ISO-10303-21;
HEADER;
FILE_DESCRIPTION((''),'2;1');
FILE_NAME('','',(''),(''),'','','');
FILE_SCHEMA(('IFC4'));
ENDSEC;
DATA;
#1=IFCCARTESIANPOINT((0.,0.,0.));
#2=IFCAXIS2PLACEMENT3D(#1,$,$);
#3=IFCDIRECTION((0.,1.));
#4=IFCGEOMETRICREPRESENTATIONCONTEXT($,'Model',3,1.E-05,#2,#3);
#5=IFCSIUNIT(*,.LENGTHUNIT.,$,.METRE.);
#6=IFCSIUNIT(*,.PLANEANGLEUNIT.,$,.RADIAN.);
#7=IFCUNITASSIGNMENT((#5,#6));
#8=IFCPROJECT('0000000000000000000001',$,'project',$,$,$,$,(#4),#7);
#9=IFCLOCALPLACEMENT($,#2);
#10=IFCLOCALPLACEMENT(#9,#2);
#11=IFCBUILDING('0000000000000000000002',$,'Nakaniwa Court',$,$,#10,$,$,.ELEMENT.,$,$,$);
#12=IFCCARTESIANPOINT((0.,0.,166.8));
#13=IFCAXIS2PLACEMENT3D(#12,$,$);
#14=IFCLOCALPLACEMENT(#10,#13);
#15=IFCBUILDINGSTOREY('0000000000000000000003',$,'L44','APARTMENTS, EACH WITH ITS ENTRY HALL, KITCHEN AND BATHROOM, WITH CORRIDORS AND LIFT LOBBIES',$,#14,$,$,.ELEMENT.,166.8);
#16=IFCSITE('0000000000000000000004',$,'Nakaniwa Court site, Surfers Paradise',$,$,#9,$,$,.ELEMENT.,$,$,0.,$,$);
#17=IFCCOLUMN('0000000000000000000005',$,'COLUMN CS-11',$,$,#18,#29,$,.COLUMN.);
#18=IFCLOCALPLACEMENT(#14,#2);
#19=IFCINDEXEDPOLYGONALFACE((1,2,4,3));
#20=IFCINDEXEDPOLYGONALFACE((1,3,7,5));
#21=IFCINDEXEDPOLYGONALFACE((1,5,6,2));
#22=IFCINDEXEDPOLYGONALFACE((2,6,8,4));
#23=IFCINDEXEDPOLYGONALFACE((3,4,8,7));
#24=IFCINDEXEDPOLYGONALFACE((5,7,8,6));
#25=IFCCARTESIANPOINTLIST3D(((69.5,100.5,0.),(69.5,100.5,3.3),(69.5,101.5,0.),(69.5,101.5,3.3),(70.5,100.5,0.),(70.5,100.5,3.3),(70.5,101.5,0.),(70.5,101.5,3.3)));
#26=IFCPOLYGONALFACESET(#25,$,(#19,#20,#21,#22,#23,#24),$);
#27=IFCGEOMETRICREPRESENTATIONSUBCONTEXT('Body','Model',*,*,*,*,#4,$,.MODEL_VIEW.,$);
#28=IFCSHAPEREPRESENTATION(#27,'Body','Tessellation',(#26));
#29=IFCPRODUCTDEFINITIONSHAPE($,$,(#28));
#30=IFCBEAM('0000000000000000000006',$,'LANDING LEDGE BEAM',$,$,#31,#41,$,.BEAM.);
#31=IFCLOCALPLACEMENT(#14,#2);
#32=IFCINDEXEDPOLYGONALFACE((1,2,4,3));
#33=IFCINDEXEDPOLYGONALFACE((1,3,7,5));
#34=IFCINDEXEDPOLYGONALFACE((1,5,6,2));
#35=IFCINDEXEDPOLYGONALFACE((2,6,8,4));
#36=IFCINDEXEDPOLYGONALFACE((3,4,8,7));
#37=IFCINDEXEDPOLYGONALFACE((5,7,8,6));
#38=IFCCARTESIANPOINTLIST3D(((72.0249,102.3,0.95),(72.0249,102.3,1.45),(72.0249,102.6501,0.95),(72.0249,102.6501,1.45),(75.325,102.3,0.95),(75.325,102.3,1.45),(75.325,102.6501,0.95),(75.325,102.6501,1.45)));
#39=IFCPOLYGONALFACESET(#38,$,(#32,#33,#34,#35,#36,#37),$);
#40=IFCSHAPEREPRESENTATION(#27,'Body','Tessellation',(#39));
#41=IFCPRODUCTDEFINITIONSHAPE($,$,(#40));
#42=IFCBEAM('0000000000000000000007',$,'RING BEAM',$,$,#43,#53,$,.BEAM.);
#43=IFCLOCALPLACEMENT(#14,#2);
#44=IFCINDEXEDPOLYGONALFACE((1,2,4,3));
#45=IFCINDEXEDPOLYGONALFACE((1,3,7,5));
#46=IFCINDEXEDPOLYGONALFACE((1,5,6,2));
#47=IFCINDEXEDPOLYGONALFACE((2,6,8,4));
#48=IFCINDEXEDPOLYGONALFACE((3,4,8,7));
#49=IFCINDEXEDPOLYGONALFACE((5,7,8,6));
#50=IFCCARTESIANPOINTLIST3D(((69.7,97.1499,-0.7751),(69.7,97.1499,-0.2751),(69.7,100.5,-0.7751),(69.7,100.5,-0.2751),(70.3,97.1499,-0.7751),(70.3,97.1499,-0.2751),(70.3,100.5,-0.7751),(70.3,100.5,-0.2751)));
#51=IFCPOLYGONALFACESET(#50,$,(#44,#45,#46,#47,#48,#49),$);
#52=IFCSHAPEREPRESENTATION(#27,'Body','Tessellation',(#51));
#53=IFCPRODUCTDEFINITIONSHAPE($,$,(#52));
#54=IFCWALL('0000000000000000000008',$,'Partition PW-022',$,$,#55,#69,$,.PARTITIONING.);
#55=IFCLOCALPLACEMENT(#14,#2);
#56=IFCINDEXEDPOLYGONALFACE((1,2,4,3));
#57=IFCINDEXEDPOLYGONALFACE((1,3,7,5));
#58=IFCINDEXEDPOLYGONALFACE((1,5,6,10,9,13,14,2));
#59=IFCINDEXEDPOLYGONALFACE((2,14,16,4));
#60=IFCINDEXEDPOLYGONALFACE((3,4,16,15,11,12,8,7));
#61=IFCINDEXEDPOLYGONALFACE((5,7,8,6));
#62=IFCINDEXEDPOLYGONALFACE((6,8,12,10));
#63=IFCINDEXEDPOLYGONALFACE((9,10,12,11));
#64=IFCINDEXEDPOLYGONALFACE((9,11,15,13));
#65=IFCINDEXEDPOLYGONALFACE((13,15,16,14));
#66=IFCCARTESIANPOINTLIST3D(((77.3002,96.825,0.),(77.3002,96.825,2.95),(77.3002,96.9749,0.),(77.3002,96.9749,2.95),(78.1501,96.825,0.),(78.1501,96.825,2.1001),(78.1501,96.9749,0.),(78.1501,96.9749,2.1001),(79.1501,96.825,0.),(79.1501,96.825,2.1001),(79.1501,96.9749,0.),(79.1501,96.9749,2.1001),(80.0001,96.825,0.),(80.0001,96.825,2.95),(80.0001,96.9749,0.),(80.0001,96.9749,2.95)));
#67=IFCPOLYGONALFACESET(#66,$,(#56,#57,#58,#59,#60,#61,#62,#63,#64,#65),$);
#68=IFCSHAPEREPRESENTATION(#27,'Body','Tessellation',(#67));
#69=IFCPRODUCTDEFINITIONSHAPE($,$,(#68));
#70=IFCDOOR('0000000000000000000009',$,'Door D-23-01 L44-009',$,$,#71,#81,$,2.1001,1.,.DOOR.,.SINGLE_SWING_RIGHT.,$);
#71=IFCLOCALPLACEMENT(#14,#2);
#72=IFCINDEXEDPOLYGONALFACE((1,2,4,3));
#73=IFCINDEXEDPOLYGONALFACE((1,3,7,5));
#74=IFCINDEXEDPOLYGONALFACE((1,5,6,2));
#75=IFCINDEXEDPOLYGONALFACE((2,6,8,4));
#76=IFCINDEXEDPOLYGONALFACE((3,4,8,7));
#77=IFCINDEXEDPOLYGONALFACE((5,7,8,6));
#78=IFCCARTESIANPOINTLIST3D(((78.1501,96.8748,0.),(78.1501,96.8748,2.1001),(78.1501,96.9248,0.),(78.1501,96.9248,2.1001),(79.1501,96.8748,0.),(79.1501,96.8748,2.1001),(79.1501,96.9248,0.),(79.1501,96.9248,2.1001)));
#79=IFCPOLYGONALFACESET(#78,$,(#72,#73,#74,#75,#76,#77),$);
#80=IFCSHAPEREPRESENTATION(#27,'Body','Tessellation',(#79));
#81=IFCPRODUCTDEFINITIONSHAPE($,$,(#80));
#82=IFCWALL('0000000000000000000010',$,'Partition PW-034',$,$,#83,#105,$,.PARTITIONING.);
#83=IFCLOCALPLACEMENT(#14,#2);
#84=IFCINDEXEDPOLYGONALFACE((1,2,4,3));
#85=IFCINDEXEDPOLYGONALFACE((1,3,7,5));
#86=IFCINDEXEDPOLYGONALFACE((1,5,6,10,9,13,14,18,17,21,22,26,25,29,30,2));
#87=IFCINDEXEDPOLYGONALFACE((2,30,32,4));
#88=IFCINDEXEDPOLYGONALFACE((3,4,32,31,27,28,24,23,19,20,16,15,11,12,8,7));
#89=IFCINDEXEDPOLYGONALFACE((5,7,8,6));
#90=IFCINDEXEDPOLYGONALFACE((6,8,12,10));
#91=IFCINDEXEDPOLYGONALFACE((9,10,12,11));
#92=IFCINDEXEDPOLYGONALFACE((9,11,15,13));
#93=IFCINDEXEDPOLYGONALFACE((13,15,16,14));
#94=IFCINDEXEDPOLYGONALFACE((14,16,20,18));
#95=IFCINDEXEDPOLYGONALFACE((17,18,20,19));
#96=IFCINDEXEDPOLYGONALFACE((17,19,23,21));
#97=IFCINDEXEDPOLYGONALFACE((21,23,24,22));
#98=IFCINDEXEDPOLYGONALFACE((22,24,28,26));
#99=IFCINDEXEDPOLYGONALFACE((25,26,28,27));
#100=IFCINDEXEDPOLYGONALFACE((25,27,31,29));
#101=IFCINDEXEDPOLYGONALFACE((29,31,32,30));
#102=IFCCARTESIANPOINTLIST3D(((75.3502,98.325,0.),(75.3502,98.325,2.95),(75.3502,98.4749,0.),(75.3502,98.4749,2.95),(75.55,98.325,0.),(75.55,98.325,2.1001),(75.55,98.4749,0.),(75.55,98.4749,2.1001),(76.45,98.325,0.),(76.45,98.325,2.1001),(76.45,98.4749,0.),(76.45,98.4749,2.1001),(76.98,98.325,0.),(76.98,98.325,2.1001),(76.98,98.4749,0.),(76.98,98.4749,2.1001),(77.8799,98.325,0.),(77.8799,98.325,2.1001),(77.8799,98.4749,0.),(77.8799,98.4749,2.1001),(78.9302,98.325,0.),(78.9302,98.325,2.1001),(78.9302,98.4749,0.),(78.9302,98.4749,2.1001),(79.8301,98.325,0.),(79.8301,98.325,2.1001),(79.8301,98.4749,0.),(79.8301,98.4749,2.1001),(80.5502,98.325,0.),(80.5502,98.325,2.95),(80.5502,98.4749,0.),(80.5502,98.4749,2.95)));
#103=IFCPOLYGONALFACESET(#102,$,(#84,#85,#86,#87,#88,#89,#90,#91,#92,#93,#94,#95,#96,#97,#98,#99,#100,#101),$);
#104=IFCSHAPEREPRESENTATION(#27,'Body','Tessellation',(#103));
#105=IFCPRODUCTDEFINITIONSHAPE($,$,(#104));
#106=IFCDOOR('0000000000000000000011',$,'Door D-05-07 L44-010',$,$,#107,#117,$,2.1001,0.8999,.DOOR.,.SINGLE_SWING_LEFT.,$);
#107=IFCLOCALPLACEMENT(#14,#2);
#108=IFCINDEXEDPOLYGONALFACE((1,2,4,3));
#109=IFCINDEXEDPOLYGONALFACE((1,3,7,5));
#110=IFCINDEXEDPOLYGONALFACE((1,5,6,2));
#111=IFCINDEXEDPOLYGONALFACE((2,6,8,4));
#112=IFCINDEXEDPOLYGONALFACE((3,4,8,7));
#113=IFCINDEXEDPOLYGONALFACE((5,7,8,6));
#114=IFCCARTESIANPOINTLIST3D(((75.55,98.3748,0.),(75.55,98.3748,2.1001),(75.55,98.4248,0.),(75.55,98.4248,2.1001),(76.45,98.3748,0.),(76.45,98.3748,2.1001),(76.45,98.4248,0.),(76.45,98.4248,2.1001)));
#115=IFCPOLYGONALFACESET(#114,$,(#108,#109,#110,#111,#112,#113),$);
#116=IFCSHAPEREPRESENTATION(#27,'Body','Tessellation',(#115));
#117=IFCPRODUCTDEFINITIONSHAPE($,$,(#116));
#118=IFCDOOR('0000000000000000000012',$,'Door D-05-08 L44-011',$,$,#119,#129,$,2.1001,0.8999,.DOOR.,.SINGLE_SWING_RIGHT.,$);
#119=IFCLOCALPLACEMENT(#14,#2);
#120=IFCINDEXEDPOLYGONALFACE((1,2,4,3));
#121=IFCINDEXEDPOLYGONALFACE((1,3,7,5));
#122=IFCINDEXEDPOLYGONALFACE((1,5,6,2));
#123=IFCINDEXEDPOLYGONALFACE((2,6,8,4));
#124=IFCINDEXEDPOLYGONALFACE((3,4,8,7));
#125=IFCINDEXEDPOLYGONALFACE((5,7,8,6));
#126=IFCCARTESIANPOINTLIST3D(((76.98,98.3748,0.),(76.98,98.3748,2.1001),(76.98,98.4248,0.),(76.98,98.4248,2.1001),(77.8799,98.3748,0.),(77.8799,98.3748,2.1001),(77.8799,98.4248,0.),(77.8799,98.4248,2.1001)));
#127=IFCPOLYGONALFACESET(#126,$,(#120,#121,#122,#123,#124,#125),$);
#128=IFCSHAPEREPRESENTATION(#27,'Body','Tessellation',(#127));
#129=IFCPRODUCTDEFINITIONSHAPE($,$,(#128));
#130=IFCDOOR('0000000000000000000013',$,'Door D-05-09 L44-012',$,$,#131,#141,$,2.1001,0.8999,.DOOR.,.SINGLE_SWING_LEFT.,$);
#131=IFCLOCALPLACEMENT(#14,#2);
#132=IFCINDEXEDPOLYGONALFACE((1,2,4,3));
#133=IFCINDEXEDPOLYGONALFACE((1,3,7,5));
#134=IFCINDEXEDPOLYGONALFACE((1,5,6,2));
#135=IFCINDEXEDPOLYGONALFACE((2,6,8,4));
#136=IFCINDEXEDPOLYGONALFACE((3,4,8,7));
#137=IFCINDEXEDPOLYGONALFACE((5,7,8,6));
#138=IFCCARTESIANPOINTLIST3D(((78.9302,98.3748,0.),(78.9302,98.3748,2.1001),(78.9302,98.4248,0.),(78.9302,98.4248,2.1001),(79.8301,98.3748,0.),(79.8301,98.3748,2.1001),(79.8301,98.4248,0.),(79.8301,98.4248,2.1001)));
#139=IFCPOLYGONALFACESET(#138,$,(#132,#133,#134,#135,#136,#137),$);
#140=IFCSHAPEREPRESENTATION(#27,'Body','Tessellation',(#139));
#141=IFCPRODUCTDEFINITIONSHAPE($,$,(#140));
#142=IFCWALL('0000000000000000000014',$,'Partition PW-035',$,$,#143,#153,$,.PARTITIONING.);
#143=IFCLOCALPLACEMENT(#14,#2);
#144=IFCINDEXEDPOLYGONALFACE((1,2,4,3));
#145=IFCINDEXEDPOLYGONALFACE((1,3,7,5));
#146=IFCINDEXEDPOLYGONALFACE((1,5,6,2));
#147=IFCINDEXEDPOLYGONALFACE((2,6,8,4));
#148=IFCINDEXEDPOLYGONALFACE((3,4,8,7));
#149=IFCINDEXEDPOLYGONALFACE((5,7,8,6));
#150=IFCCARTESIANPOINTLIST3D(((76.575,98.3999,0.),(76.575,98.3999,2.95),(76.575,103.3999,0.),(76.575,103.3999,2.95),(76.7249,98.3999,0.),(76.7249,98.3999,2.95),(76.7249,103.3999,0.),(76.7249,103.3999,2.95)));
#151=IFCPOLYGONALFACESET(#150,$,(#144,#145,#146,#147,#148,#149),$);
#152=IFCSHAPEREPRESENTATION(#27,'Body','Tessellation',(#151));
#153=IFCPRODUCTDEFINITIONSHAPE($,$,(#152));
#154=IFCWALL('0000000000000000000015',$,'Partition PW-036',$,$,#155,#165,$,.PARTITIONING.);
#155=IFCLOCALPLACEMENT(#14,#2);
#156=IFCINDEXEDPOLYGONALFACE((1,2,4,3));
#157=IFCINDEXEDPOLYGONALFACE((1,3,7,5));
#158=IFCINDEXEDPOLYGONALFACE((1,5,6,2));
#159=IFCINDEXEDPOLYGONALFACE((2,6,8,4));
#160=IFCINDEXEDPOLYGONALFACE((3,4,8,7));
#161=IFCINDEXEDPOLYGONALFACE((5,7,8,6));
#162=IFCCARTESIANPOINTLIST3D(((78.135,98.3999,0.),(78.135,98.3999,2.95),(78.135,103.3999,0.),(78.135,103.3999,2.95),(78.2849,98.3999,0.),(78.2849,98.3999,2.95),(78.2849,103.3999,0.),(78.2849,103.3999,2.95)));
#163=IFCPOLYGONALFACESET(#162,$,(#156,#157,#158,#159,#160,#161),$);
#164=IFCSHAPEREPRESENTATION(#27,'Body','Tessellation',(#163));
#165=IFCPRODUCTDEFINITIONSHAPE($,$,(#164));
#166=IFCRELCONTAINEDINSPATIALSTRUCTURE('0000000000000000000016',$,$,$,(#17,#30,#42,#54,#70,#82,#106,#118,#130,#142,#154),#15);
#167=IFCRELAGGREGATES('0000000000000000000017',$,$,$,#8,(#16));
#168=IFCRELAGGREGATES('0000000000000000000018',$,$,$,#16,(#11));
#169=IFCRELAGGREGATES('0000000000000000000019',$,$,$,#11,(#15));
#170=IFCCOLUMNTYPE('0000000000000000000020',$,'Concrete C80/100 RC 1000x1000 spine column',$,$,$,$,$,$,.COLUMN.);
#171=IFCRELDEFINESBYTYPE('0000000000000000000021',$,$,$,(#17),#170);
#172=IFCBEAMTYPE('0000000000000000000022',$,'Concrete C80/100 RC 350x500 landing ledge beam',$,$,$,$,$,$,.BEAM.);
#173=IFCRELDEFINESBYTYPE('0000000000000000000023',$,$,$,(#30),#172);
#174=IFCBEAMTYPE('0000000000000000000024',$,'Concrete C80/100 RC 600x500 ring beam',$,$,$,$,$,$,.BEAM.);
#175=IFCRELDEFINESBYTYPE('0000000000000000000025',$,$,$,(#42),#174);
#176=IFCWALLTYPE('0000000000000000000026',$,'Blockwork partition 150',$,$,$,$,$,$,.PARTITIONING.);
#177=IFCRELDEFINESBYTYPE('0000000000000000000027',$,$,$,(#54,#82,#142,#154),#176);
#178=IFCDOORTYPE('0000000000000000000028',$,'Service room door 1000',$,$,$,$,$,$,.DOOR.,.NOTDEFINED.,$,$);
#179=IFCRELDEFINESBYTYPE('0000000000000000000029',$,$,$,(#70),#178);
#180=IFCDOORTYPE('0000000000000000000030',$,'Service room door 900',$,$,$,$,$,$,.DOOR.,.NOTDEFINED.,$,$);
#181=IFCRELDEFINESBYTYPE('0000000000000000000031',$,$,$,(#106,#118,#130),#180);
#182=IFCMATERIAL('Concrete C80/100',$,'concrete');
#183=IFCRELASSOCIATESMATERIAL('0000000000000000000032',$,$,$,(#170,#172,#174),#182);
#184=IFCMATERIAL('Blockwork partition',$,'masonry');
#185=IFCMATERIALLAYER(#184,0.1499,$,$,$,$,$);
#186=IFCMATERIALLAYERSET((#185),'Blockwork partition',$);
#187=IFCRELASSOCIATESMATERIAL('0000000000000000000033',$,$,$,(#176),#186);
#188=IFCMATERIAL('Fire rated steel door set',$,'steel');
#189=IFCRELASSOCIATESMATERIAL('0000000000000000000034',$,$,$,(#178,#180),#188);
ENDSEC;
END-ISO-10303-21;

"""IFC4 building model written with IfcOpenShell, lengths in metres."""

from ifc_helpers import new_model, si_unit, direction, frame, frame_2d, origin, origin_2d, place, context, subcontext, project, spatial, rectangle, extrude, material, layer, layer_set, material_profile, profile_set, type_object, element, fill, save


model = new_model("IFC4")

# Units and contexts
model_context = context("Model", 3, precision=1e-05, world=origin(), true_north=direction((0.0, 1.0)))
body_context = subcontext(model_context, "Body", "Model", "MODEL_VIEW")
ifc_project = project(units=[si_unit("LENGTHUNIT", "METRE"), si_unit("PLANEANGLEUNIT", "RADIAN")], contexts=[model_context])

# Site, building, storey
site_placement = place(None, origin())
site = spatial("IfcSite", under=ifc_project, at=site_placement, Name="Nakaniwa Court site, Surfers Paradise", CompositionType="ELEMENT", RefElevation=0.0)
building_placement = place(site_placement, origin())
building = spatial("IfcBuilding", under=site, at=building_placement, Name="Nakaniwa Court", CompositionType="ELEMENT")
storey_placement = place(building_placement, frame((0.0, 0.0, 166.8)))
storey = spatial("IfcBuildingStorey", under=building, at=storey_placement, Name="L44", Description="APARTMENTS, EACH WITH ITS ENTRY HALL, KITCHEN AND BATHROOM, WITH CORRIDORS AND LIFT LOBBIES", CompositionType="ELEMENT", Elevation=166.8)

# Column
ifc_material_1 = material(Name="Concrete C80/100", Category="concrete")
ifc_material_profile_1 = material_profile(ifc_material_1, rectangle(XDim=1.0, YDim=1.0, at=origin_2d()), Name="Concrete C80/100 RC 1000x1000 spine column")
ifc_profile_set_1 = profile_set([ifc_material_profile_1], Name="Concrete C80/100")
column_type = type_object("IfcColumnType", Name="Concrete C80/100 RC 1000x1000 spine column", PredefinedType="COLUMN", material=ifc_profile_set_1)
column_placement = place(storey_placement, frame((70.0, 101.0, 0.0), z_axis=(0.0, 0.0, 1.0), x_axis=(0.0, -1.0, 0.0)))
element("IfcColumn", 1, at=column_placement, inside=storey, type_object=column_type, Name="COLUMN CS-11", PredefinedType="COLUMN", context=body_context, shape_type="SweptSolid", body=[
    extrude(rectangle(XDim=1.0, YDim=1.0, at=origin_2d()), origin(), (0.0, 0.0, 1.0), 3.3),
])

# Beams
ifc_material_profile_2 = material_profile(ifc_material_1, rectangle(XDim=0.3501, YDim=0.5, at=origin_2d()), Name="Concrete C80/100 RC 350x500 landing ledge beam")
ifc_profile_set_2 = profile_set([ifc_material_profile_2], Name="Concrete C80/100")
beam_type_1 = type_object("IfcBeamType", Name="Concrete C80/100 RC 350x500 landing ledge beam", PredefinedType="BEAM", material=ifc_profile_set_2)
beam_1_placement = place(storey_placement, frame((72.0249, 102.4751, 1.2), z_axis=(1.0, 0.0, 0.0), x_axis=(0.0, 1.0, 0.0)))
element("IfcBeam", 2, at=beam_1_placement, inside=storey, type_object=beam_type_1, Name="LANDING LEDGE BEAM", PredefinedType="BEAM", context=body_context, shape_type="SweptSolid", body=[
    extrude(rectangle(XDim=0.3501, YDim=0.5, at=origin_2d()), origin(), (0.0, 0.0, 1.0), 3.3),
])
ifc_material_profile_3 = material_profile(ifc_material_1, rectangle(XDim=0.6001, YDim=0.5, at=origin_2d()), Name="Concrete C80/100 RC 600x500 ring beam")
ifc_profile_set_3 = profile_set([ifc_material_profile_3], Name="Concrete C80/100")
beam_type_2 = type_object("IfcBeamType", Name="Concrete C80/100 RC 600x500 ring beam", PredefinedType="BEAM", material=ifc_profile_set_3)
beam_2_placement = place(storey_placement, frame((70.0, 100.5, -0.5251), z_axis=(0.0, -1.0, 0.0), x_axis=(1.0, 0.0, 0.0)))
element("IfcBeam", 3, at=beam_2_placement, inside=storey, type_object=beam_type_2, Name="RING BEAM", PredefinedType="BEAM", context=body_context, shape_type="SweptSolid", body=[
    extrude(rectangle(XDim=0.6001, YDim=0.5, at=origin_2d()), origin(), (0.0, 0.0, 1.0), 3.3501),
])

# Wall, opening, door
ifc_material_2 = material(Name="Blockwork partition", Category="masonry")
ifc_layer_1 = layer(ifc_material_2, 0.1499)
ifc_layer_set_1 = layer_set([ifc_layer_1], Name="Blockwork partition")
wall_type_1 = type_object("IfcWallType", Name="Blockwork partition 150", PredefinedType="PARTITIONING", material=ifc_layer_set_1)
wall_1_placement = place(storey_placement, frame((77.3, 96.8999, 0.0), z_axis=(0.0, 0.0, 1.0), x_axis=(1.0, 0.0, 0.0)))
wall_1 = element("IfcWall", 4, at=wall_1_placement, inside=storey, type_object=wall_type_1, Name="Partition PW-022", PredefinedType="PARTITIONING", context=body_context, shape_type="SweptSolid", body=[
    extrude(rectangle(XDim=2.7, YDim=0.1499, at=frame_2d((1.3501, 0.0))), origin(), (0.0, 0.0, 1.0), 2.95),
])
opening_1_placement = place(wall_1_placement, frame((0.8501, 0.0, 0.0)))
opening_1 = element("IfcOpeningElement", 5, at=opening_1_placement, cuts=wall_1, PredefinedType="OPENING", context=body_context, shape_type="SweptSolid", body=[
    extrude(rectangle(XDim=1.0, YDim=2.1001, at=frame_2d((0.5, 1.05))), frame((0.0, 0.085, 0.0), z_axis=(0.0, -1.0, 0.0), x_axis=(1.0, 0.0, 0.0)), (0.0, 0.0, 1.0), 0.1699),
])
ifc_material_3 = material(Name="Fire rated steel door set", Category="steel")
door_type_1 = type_object("IfcDoorType", Name="Service room door 1000", OperationType="NOTDEFINED", PredefinedType="DOOR", material=ifc_material_3)
door_1_placement = place(opening_1_placement, origin())
door_1 = element("IfcDoor", 6, at=door_1_placement, inside=storey, type_object=door_type_1, Name="Door D-23-01 L44-009", OperationType="SINGLE_SWING_RIGHT", OverallHeight=2.1001, OverallWidth=1.0, PredefinedType="DOOR", context=body_context, shape_type="SweptSolid", body=[
    extrude(rectangle(XDim=1.0, YDim=2.1001, at=frame_2d((0.5, 1.05))), frame((0.0, 0.0249, 0.0), z_axis=(0.0, -1.0, 0.0), x_axis=(1.0, 0.0, 0.0)), (0.0, 0.0, 1.0), 0.05),
])
fill(opening_1, door_1)

# Wall, openings, doors
wall_2_placement = place(storey_placement, frame((75.3501, 98.3999, 0.0), z_axis=(0.0, 0.0, 1.0), x_axis=(1.0, 0.0, 0.0)))
wall_2 = element("IfcWall", 7, at=wall_2_placement, inside=storey, type_object=wall_type_1, Name="Partition PW-034", PredefinedType="PARTITIONING", context=body_context, shape_type="SweptSolid", body=[
    extrude(rectangle(XDim=5.2, YDim=0.1499, at=frame_2d((2.6001, 0.0))), origin(), (0.0, 0.0, 1.0), 2.95),
])
opening_2_placement = place(wall_2_placement, frame((0.2, 0.0, 0.0)))
opening_2 = element("IfcOpeningElement", 8, at=opening_2_placement, cuts=wall_2, PredefinedType="OPENING", context=body_context, shape_type="SweptSolid", body=[
    extrude(rectangle(XDim=0.8999, YDim=2.1001, at=frame_2d((0.45, 1.05))), frame((0.0, 0.085, 0.0), z_axis=(0.0, -1.0, 0.0), x_axis=(1.0, 0.0, 0.0)), (0.0, 0.0, 1.0), 0.1699),
])
opening_3_placement = place(wall_2_placement, frame((1.6299, 0.0, 0.0)))
opening_3 = element("IfcOpeningElement", 9, at=opening_3_placement, cuts=wall_2, PredefinedType="OPENING", context=body_context, shape_type="SweptSolid", body=[
    extrude(rectangle(XDim=0.8999, YDim=2.1001, at=frame_2d((0.45, 1.05))), frame((0.0, 0.085, 0.0), z_axis=(0.0, -1.0, 0.0), x_axis=(1.0, 0.0, 0.0)), (0.0, 0.0, 1.0), 0.1699),
])
opening_4_placement = place(wall_2_placement, frame((3.5801, 0.0, 0.0)))
opening_4 = element("IfcOpeningElement", 10, at=opening_4_placement, cuts=wall_2, PredefinedType="OPENING", context=body_context, shape_type="SweptSolid", body=[
    extrude(rectangle(XDim=0.8999, YDim=2.1001, at=frame_2d((0.45, 1.05))), frame((0.0, 0.085, 0.0), z_axis=(0.0, -1.0, 0.0), x_axis=(1.0, 0.0, 0.0)), (0.0, 0.0, 1.0), 0.1699),
])
door_type_2 = type_object("IfcDoorType", Name="Service room door 900", OperationType="NOTDEFINED", PredefinedType="DOOR", material=ifc_material_3)
door_2_placement = place(opening_2_placement, origin())
door_2 = element("IfcDoor", 11, at=door_2_placement, inside=storey, type_object=door_type_2, Name="Door D-05-07 L44-010", OperationType="SINGLE_SWING_LEFT", OverallHeight=2.1001, OverallWidth=0.8999, PredefinedType="DOOR", context=body_context, shape_type="SweptSolid", body=[
    extrude(rectangle(XDim=0.8999, YDim=2.1001, at=frame_2d((0.45, 1.05))), frame((0.0, 0.0249, 0.0), z_axis=(0.0, -1.0, 0.0), x_axis=(1.0, 0.0, 0.0)), (0.0, 0.0, 1.0), 0.05),
])
fill(opening_2, door_2)
door_3_placement = place(opening_3_placement, origin())
door_3 = element("IfcDoor", 12, at=door_3_placement, inside=storey, type_object=door_type_2, Name="Door D-05-08 L44-011", OperationType="SINGLE_SWING_RIGHT", OverallHeight=2.1001, OverallWidth=0.8999, PredefinedType="DOOR", context=body_context, shape_type="SweptSolid", body=[
    extrude(rectangle(XDim=0.8999, YDim=2.1001, at=frame_2d((0.45, 1.05))), frame((0.0, 0.0249, 0.0), z_axis=(0.0, -1.0, 0.0), x_axis=(1.0, 0.0, 0.0)), (0.0, 0.0, 1.0), 0.05),
])
fill(opening_3, door_3)
door_4_placement = place(opening_4_placement, origin())
door_4 = element("IfcDoor", 13, at=door_4_placement, inside=storey, type_object=door_type_2, Name="Door D-05-09 L44-012", OperationType="SINGLE_SWING_LEFT", OverallHeight=2.1001, OverallWidth=0.8999, PredefinedType="DOOR", context=body_context, shape_type="SweptSolid", body=[
    extrude(rectangle(XDim=0.8999, YDim=2.1001, at=frame_2d((0.45, 1.05))), frame((0.0, 0.0249, 0.0), z_axis=(0.0, -1.0, 0.0), x_axis=(1.0, 0.0, 0.0)), (0.0, 0.0, 1.0), 0.05),
])
fill(opening_4, door_4)

# Walls
for number, where, z_axis, x_axis, name in (
    (14, (76.6499, 98.3999, 0.0), (0.0, 0.0, 1.0), (0.0, 1.0, 0.0), "Partition PW-035"),
    (15, (78.21, 98.3999, 0.0), (0.0, 0.0, 1.0), (0.0, 1.0, 0.0), "Partition PW-036"),
):
    element("IfcWall", number, at=place(storey_placement, frame(where, z_axis=z_axis, x_axis=x_axis)), inside=storey, type_object=wall_type_1, Name=name, PredefinedType="PARTITIONING", context=body_context, shape_type="SweptSolid", body=[
        extrude(rectangle(XDim=5.0, YDim=0.1499, at=frame_2d((2.5, 0.0))), origin(), (0.0, 0.0, 1.0), 2.95),
    ])

save(model, "model.ifc")
